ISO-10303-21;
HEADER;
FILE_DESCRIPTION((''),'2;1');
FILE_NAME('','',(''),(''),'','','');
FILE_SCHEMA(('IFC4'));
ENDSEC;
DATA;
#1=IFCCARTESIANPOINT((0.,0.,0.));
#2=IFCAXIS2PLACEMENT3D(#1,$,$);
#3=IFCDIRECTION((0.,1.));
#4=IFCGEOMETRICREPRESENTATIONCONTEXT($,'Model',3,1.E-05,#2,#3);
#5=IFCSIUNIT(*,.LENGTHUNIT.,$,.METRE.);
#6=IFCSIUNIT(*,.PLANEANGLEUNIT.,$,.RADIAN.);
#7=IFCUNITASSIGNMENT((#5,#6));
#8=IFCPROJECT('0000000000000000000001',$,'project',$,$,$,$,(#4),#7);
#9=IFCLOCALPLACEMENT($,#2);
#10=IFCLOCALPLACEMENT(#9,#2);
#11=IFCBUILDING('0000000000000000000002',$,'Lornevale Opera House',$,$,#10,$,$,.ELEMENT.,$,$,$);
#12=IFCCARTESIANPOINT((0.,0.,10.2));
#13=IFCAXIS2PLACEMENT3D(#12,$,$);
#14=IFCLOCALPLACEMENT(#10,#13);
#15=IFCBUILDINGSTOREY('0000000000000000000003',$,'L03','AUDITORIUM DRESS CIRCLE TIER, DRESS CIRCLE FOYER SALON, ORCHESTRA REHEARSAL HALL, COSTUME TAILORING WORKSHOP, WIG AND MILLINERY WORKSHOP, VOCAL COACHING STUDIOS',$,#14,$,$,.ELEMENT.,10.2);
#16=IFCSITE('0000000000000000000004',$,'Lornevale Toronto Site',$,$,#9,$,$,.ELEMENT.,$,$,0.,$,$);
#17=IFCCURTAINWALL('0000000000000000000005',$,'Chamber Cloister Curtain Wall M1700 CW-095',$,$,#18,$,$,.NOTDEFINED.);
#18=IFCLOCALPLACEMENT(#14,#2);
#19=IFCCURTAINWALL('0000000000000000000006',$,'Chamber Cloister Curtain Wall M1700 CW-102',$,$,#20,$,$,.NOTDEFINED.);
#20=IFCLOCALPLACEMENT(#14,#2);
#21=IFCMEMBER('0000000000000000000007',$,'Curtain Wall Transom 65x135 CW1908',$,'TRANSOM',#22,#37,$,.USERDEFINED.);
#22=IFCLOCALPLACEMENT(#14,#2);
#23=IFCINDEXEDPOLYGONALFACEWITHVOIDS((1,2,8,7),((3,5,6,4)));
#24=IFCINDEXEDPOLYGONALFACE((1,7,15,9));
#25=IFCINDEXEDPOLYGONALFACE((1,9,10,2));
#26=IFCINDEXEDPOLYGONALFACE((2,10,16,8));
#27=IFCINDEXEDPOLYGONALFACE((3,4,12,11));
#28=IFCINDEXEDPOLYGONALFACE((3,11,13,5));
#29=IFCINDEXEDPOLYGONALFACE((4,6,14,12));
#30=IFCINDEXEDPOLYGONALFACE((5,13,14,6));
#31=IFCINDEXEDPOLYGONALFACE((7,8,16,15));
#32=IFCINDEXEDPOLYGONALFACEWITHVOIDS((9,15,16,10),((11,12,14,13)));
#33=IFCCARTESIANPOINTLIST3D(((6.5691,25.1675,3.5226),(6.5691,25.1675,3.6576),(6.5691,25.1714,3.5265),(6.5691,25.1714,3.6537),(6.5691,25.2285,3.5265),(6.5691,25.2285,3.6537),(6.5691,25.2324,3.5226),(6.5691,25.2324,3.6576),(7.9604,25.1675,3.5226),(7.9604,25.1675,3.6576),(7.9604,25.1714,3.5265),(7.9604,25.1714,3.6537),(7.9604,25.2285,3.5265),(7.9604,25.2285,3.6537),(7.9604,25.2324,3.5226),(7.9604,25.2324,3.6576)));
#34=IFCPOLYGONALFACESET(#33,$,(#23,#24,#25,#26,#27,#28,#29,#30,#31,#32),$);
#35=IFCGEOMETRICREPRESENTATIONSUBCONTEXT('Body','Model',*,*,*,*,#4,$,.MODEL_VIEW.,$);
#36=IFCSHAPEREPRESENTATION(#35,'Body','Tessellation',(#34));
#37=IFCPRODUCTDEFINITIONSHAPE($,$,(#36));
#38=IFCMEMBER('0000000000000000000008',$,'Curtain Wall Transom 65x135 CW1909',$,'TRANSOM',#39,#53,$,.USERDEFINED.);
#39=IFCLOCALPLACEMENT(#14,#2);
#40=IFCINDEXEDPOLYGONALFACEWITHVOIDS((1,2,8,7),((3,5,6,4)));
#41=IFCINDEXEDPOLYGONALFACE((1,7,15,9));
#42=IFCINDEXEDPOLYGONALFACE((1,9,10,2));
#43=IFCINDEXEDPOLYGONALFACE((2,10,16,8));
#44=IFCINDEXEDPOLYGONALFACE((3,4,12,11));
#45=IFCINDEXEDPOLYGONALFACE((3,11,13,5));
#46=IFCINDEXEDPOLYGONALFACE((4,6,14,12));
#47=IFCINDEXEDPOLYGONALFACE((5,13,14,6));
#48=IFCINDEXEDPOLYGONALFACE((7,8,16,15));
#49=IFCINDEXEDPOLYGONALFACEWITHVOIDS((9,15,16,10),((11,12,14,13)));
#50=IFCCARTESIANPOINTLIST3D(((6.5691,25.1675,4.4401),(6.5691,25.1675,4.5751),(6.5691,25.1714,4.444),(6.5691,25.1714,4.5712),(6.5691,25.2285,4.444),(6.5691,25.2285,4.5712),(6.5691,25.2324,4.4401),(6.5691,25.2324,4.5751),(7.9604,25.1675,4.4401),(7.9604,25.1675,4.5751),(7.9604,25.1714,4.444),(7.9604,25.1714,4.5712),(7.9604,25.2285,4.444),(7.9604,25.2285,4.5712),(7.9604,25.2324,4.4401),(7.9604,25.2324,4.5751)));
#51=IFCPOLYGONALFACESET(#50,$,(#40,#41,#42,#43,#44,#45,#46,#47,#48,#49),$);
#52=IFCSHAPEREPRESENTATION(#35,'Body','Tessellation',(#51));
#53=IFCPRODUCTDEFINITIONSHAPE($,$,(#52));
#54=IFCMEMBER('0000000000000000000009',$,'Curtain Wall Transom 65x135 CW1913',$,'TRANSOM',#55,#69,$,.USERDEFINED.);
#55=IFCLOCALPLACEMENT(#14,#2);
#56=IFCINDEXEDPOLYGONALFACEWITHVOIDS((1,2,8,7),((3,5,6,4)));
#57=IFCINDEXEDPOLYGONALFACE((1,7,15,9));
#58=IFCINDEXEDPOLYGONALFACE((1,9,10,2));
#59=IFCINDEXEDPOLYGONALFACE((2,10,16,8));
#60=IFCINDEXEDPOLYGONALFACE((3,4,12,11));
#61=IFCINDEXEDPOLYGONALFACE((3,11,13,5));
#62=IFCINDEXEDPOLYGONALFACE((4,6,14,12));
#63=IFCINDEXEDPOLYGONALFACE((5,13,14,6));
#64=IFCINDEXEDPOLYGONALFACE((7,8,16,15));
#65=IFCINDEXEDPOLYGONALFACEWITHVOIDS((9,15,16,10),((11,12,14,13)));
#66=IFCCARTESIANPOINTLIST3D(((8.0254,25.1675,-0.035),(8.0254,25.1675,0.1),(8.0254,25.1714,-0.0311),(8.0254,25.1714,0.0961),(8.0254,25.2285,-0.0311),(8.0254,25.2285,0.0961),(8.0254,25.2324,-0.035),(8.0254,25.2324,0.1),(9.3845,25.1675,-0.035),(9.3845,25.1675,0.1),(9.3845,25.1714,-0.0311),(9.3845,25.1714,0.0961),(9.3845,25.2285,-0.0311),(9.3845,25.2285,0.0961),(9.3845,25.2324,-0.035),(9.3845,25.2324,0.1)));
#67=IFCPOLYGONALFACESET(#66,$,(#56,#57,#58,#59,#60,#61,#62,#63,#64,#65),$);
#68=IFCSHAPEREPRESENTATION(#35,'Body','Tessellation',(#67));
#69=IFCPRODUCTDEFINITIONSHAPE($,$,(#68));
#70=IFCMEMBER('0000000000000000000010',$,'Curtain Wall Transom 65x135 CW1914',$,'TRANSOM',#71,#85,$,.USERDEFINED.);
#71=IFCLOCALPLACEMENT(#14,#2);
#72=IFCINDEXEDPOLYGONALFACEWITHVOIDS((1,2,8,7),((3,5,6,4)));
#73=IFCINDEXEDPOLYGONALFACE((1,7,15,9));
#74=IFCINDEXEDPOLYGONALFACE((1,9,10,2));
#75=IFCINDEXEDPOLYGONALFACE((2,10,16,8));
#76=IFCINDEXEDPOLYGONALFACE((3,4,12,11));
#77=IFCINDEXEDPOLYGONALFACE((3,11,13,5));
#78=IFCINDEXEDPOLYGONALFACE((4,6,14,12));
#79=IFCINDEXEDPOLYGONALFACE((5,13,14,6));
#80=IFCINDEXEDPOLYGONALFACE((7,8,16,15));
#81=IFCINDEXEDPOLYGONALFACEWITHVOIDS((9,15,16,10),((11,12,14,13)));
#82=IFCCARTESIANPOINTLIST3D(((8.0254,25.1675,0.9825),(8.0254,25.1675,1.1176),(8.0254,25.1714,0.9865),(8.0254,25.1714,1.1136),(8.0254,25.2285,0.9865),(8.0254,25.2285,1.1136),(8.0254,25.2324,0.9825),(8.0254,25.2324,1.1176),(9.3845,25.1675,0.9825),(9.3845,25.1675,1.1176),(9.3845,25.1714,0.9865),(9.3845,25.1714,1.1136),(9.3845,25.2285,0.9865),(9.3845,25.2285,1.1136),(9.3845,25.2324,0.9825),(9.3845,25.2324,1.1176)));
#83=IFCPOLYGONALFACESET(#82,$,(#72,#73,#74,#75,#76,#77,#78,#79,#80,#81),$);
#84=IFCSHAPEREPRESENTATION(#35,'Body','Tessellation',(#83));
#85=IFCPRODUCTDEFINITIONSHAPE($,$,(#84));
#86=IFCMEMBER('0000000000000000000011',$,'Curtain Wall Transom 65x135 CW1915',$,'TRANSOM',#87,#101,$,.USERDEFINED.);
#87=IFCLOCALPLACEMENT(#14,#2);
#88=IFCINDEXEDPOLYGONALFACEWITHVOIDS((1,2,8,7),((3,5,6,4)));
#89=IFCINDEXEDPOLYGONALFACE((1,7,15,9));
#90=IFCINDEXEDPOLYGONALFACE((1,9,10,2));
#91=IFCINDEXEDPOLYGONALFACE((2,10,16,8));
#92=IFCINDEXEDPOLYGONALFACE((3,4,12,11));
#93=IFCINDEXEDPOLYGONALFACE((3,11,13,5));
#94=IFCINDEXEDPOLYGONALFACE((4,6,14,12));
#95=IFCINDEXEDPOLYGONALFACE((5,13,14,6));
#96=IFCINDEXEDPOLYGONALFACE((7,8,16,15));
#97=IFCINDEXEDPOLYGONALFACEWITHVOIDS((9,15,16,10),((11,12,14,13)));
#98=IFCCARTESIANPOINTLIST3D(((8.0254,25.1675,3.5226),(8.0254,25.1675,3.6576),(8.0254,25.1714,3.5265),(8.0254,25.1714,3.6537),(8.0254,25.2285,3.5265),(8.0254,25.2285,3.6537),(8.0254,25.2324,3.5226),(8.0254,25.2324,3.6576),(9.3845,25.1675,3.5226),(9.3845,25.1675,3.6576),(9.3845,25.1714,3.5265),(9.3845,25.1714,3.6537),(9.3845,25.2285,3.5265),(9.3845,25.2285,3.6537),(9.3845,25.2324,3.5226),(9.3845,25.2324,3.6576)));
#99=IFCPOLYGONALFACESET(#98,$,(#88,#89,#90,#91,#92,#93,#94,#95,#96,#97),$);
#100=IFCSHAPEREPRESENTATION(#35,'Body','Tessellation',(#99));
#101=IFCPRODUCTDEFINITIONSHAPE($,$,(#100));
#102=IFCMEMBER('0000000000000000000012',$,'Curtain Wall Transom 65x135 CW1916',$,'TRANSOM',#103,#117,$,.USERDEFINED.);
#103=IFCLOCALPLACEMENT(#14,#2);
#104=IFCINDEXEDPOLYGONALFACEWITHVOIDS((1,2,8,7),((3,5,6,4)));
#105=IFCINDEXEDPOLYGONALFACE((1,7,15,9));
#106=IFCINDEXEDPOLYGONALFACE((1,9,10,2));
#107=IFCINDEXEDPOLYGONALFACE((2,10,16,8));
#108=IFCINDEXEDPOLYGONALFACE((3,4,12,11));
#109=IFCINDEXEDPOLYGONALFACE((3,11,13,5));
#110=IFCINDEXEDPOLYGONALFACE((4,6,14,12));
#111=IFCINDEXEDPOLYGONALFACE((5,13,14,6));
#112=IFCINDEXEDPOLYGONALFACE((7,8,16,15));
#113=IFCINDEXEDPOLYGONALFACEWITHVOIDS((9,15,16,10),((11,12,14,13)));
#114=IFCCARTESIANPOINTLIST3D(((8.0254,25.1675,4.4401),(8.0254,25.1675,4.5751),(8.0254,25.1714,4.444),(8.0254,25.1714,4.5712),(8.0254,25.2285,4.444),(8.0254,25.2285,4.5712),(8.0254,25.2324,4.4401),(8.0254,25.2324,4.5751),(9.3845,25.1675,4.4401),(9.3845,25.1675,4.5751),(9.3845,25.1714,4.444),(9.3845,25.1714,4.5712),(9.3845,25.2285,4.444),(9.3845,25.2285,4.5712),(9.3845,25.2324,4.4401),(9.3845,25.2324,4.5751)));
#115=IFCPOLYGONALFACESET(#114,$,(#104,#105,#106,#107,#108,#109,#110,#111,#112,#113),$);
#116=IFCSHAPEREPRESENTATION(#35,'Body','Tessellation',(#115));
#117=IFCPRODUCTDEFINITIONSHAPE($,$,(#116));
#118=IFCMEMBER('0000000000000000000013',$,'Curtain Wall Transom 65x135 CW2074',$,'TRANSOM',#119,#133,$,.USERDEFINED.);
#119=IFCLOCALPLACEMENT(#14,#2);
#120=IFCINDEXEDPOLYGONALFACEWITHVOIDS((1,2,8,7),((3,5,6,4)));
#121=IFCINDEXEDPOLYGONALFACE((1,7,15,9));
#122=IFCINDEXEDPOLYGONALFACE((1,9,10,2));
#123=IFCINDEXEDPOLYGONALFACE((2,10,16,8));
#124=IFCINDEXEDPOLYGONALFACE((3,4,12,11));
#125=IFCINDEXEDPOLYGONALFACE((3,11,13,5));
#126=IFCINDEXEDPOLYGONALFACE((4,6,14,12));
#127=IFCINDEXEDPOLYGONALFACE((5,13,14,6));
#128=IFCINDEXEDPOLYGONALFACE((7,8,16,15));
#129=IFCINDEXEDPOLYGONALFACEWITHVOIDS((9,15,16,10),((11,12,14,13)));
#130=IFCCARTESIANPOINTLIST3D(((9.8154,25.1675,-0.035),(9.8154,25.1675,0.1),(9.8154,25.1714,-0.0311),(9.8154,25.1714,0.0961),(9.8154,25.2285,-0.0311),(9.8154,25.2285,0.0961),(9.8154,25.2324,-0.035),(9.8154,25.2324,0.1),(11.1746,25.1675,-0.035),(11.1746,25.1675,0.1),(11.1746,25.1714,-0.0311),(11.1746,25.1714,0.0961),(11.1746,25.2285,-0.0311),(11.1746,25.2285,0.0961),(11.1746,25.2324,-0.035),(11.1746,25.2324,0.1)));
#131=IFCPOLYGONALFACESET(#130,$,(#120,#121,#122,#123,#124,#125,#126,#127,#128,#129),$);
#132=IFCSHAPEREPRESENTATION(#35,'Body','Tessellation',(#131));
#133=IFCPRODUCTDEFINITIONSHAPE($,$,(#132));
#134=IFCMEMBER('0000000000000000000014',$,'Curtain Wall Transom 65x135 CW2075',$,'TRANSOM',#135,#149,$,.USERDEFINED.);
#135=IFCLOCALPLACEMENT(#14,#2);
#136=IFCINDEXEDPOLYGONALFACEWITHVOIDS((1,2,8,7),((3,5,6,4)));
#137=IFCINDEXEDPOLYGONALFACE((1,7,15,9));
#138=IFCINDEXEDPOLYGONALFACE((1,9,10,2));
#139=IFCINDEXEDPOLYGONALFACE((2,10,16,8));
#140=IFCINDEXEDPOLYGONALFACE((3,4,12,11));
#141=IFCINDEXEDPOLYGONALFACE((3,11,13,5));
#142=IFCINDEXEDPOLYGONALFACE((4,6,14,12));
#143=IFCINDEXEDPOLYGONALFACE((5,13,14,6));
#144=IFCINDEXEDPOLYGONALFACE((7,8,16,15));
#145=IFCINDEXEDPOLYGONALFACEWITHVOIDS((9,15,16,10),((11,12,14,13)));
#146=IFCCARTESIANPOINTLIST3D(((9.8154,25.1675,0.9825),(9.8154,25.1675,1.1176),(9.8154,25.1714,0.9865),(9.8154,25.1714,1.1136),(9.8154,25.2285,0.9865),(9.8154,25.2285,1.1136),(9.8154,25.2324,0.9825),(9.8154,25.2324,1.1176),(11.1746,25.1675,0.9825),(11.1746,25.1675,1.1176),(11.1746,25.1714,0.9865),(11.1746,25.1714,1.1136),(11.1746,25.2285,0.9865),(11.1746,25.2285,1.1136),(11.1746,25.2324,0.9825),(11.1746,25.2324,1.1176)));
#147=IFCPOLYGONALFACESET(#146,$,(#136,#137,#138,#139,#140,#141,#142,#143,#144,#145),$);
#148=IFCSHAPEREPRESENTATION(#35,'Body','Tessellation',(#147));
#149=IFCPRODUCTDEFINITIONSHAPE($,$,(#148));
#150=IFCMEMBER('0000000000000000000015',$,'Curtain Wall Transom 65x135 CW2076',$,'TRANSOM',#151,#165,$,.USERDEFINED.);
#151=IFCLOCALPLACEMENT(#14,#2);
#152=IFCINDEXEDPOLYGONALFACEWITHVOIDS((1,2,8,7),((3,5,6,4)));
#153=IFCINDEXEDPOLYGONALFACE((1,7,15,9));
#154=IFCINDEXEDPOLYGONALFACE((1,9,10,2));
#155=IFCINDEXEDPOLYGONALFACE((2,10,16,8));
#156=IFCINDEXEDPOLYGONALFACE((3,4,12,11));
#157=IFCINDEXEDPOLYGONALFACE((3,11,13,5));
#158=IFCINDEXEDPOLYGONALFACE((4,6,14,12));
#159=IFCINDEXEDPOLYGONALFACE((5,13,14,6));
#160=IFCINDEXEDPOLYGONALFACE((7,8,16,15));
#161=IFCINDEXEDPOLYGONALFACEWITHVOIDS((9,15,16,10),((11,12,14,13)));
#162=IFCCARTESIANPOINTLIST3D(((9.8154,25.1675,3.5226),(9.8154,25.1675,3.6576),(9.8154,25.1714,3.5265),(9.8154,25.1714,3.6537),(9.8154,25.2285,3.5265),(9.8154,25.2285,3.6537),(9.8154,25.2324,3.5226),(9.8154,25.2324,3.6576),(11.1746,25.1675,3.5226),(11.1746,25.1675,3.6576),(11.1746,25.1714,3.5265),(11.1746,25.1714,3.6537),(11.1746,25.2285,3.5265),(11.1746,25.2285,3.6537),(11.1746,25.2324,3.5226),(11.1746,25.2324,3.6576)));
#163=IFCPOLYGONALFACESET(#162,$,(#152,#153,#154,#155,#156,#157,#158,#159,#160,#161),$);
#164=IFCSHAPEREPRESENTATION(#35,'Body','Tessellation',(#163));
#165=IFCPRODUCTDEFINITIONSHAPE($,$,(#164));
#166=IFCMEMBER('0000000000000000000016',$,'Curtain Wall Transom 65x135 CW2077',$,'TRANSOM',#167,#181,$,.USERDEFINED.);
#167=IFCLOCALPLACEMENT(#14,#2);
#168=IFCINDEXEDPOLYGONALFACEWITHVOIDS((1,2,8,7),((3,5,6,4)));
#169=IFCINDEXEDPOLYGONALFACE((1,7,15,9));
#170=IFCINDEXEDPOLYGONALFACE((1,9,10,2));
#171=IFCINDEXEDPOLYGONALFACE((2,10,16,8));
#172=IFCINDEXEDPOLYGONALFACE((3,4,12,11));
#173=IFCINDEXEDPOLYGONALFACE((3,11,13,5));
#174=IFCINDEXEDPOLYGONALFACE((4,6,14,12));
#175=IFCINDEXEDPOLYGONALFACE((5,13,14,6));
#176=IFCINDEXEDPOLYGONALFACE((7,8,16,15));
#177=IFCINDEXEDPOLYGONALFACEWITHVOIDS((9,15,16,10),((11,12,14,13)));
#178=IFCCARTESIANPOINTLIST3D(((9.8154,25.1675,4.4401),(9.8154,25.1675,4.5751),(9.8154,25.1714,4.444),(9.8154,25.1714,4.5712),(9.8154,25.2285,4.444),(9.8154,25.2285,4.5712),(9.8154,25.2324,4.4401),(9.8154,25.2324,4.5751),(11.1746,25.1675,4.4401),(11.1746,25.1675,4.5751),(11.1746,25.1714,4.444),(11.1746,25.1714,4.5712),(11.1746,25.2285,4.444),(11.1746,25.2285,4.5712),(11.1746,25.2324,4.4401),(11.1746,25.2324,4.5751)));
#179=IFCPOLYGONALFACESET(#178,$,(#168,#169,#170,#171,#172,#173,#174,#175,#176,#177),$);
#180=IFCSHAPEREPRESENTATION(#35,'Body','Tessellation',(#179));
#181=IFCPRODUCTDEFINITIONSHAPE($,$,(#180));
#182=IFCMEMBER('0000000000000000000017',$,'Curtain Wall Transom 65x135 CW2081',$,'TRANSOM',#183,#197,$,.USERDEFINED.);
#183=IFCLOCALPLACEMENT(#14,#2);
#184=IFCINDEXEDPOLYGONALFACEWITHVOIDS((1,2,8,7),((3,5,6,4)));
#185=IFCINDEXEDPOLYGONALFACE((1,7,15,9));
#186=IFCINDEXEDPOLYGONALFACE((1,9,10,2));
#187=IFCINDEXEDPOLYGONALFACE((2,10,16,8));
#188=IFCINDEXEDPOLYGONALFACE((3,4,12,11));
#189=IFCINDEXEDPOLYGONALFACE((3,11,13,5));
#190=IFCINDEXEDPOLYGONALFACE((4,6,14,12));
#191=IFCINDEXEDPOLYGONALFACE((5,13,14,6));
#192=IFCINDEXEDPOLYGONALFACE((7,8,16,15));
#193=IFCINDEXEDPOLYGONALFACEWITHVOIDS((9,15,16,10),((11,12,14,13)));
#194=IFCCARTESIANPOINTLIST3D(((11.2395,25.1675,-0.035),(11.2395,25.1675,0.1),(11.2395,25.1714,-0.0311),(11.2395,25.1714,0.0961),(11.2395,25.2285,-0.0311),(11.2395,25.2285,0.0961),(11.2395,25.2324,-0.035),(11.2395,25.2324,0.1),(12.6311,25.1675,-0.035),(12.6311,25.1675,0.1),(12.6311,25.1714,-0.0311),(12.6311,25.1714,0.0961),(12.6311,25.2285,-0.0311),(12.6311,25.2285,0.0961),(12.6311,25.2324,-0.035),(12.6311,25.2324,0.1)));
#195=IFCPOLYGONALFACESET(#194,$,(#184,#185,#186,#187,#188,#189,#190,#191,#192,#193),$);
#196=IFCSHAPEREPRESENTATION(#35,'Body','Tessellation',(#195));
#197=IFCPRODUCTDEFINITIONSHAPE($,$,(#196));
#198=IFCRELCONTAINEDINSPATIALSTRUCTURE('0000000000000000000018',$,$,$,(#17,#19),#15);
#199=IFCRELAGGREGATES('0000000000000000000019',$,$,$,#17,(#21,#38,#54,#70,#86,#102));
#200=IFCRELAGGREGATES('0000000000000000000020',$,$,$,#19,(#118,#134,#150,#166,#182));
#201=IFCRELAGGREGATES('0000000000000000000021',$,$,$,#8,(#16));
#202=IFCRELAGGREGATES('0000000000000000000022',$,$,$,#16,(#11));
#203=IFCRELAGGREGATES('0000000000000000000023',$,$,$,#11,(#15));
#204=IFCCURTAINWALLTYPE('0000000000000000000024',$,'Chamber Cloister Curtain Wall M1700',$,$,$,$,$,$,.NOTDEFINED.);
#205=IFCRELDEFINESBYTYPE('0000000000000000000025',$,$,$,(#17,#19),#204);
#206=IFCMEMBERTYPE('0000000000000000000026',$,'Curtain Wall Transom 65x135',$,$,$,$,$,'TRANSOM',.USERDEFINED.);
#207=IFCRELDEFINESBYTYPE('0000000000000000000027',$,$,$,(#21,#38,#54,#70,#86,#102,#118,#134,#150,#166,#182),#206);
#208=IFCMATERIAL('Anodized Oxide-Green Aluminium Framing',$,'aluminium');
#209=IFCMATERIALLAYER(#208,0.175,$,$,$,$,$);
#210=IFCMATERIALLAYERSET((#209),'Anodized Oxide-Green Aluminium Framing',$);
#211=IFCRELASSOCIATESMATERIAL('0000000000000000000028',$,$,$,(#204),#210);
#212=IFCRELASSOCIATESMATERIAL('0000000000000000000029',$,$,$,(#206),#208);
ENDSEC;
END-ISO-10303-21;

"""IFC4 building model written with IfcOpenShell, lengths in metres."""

from ifc_helpers import new_model, si_unit, direction, frame, origin, origin_2d, place, context, subcontext, project, spatial, hollow_rectangle, extrude, material, layer, layer_set, material_profile, profile_set, type_object, element, aggregate, save


model = new_model("IFC4")

# Units and contexts
model_context = context("Model", 3, precision=1e-05, world=origin(), true_north=direction((0.0, 1.0)))
body_context = subcontext(model_context, "Body", "Model", "MODEL_VIEW")
ifc_project = project(units=[si_unit("LENGTHUNIT", "METRE"), si_unit("PLANEANGLEUNIT", "RADIAN")], contexts=[model_context])

# Site, building, storey
site_placement = place(None, origin())
site = spatial("IfcSite", under=ifc_project, at=site_placement, Name="Lornevale Toronto Site", CompositionType="ELEMENT", RefElevation=0.0)
building_placement = place(site_placement, origin())
building = spatial("IfcBuilding", under=site, at=building_placement, Name="Lornevale Opera House", CompositionType="ELEMENT")
storey_placement = place(building_placement, frame((0.0, 0.0, 10.2)))
storey = spatial("IfcBuildingStorey", under=building, at=storey_placement, Name="L03", Description="AUDITORIUM DRESS CIRCLE TIER, DRESS CIRCLE FOYER SALON, ORCHESTRA REHEARSAL HALL, COSTUME TAILORING WORKSHOP, WIG AND MILLINERY WORKSHOP, VOCAL COACHING STUDIOS", CompositionType="ELEMENT", Elevation=10.2)

# Curtain walls
ifc_material_1 = material(Name="Anodized Oxide-Green Aluminium Framing", Category="aluminium")
ifc_layer_1 = layer(ifc_material_1, 0.175)
ifc_layer_set_1 = layer_set([ifc_layer_1], Name="Anodized Oxide-Green Aluminium Framing")
curtain_wall_type = type_object("IfcCurtainWallType", Name="Chamber Cloister Curtain Wall M1700", PredefinedType="NOTDEFINED", material=ifc_layer_set_1)
curtain_wall_1_placement = place(storey_placement, origin())
curtain_wall_1 = element("IfcCurtainWall", 1, at=curtain_wall_1_placement, inside=storey, type_object=curtain_wall_type, Name="Chamber Cloister Curtain Wall M1700 CW-095", PredefinedType="NOTDEFINED")
curtain_wall_2_placement = place(storey_placement, origin())
curtain_wall_2 = element("IfcCurtainWall", 2, at=curtain_wall_2_placement, inside=storey, type_object=curtain_wall_type, Name="Chamber Cloister Curtain Wall M1700 CW-102", PredefinedType="NOTDEFINED")

# Members
ifc_material_profile_1 = material_profile(ifc_material_1, hollow_rectangle(XDim=0.0649, YDim=0.135, WallThickness=0.0039, at=origin_2d()), Name="ALU65x135x4")
ifc_profile_set_1 = profile_set([ifc_material_profile_1], Name="Anodized Oxide-Green Aluminium Framing")
member_type_1 = type_object("IfcMemberType", Name="Curtain Wall Transom 65x135", ElementType="TRANSOM", PredefinedType="USERDEFINED", material=ifc_profile_set_1)
member_1_placement = place(storey_placement, frame((6.5691, 25.2, 3.5901), z_axis=(1.0, 0.0, 0.0), x_axis=(0.0, 1.0, 0.0)))
member_1 = element("IfcMember", 3, at=member_1_placement, type_object=member_type_1, Name="Curtain Wall Transom 65x135 CW1908", ObjectType="TRANSOM", PredefinedType="USERDEFINED", context=body_context, shape_type="SweptSolid", body=[
    extrude(hollow_rectangle(XDim=0.0649, YDim=0.135, WallThickness=0.0039, at=origin_2d()), origin(), (0.0, 0.0, 1.0), 1.3914),
])
member_2_placement = place(storey_placement, frame((6.5691, 25.2, 4.5076), z_axis=(1.0, 0.0, 0.0), x_axis=(0.0, 1.0, 0.0)))
member_2 = element("IfcMember", 4, at=member_2_placement, type_object=member_type_1, Name="Curtain Wall Transom 65x135 CW1909", ObjectType="TRANSOM", PredefinedType="USERDEFINED", context=body_context, shape_type="SweptSolid", body=[
    extrude(hollow_rectangle(XDim=0.0649, YDim=0.135, WallThickness=0.0039, at=origin_2d()), origin(), (0.0, 0.0, 1.0), 1.3914),
])
member_3_placement = place(storey_placement, frame((8.0254, 25.2, 0.0325), z_axis=(1.0, 0.0, 0.0), x_axis=(0.0, 1.0, 0.0)))
member_3 = element("IfcMember", 5, at=member_3_placement, type_object=member_type_1, Name="Curtain Wall Transom 65x135 CW1913", ObjectType="TRANSOM", PredefinedType="USERDEFINED", context=body_context, shape_type="SweptSolid", body=[
    extrude(hollow_rectangle(XDim=0.0649, YDim=0.135, WallThickness=0.0039, at=origin_2d()), origin(), (0.0, 0.0, 1.0), 1.3591),
])
member_4_placement = place(storey_placement, frame((8.0254, 25.2, 1.05), z_axis=(1.0, 0.0, 0.0), x_axis=(0.0, 1.0, 0.0)))
member_4 = element("IfcMember", 6, at=member_4_placement, type_object=member_type_1, Name="Curtain Wall Transom 65x135 CW1914", ObjectType="TRANSOM", PredefinedType="USERDEFINED", context=body_context, shape_type="SweptSolid", body=[
    extrude(hollow_rectangle(XDim=0.0649, YDim=0.135, WallThickness=0.0039, at=origin_2d()), origin(), (0.0, 0.0, 1.0), 1.3591),
])
member_5_placement = place(storey_placement, frame((8.0254, 25.2, 3.5901), z_axis=(1.0, 0.0, 0.0), x_axis=(0.0, 1.0, 0.0)))
member_5 = element("IfcMember", 7, at=member_5_placement, type_object=member_type_1, Name="Curtain Wall Transom 65x135 CW1915", ObjectType="TRANSOM", PredefinedType="USERDEFINED", context=body_context, shape_type="SweptSolid", body=[
    extrude(hollow_rectangle(XDim=0.0649, YDim=0.135, WallThickness=0.0039, at=origin_2d()), origin(), (0.0, 0.0, 1.0), 1.3591),
])
member_6_placement = place(storey_placement, frame((8.0254, 25.2, 4.5076), z_axis=(1.0, 0.0, 0.0), x_axis=(0.0, 1.0, 0.0)))
member_6 = element("IfcMember", 8, at=member_6_placement, type_object=member_type_1, Name="Curtain Wall Transom 65x135 CW1916", ObjectType="TRANSOM", PredefinedType="USERDEFINED", context=body_context, shape_type="SweptSolid", body=[
    extrude(hollow_rectangle(XDim=0.0649, YDim=0.135, WallThickness=0.0039, at=origin_2d()), origin(), (0.0, 0.0, 1.0), 1.3591),
])
member_7_placement = place(storey_placement, frame((9.8154, 25.2, 0.0325), z_axis=(1.0, 0.0, 0.0), x_axis=(0.0, 1.0, 0.0)))
member_7 = element("IfcMember", 9, at=member_7_placement, type_object=member_type_1, Name="Curtain Wall Transom 65x135 CW2074", ObjectType="TRANSOM", PredefinedType="USERDEFINED", context=body_context, shape_type="SweptSolid", body=[
    extrude(hollow_rectangle(XDim=0.0649, YDim=0.135, WallThickness=0.0039, at=origin_2d()), origin(), (0.0, 0.0, 1.0), 1.3591),
])
member_8_placement = place(storey_placement, frame((9.8154, 25.2, 1.05), z_axis=(1.0, 0.0, 0.0), x_axis=(0.0, 1.0, 0.0)))
member_8 = element("IfcMember", 10, at=member_8_placement, type_object=member_type_1, Name="Curtain Wall Transom 65x135 CW2075", ObjectType="TRANSOM", PredefinedType="USERDEFINED", context=body_context, shape_type="SweptSolid", body=[
    extrude(hollow_rectangle(XDim=0.0649, YDim=0.135, WallThickness=0.0039, at=origin_2d()), origin(), (0.0, 0.0, 1.0), 1.3591),
])
member_9_placement = place(storey_placement, frame((9.8154, 25.2, 3.5901), z_axis=(1.0, 0.0, 0.0), x_axis=(0.0, 1.0, 0.0)))
member_9 = element("IfcMember", 11, at=member_9_placement, type_object=member_type_1, Name="Curtain Wall Transom 65x135 CW2076", ObjectType="TRANSOM", PredefinedType="USERDEFINED", context=body_context, shape_type="SweptSolid", body=[
    extrude(hollow_rectangle(XDim=0.0649, YDim=0.135, WallThickness=0.0039, at=origin_2d()), origin(), (0.0, 0.0, 1.0), 1.3591),
])
member_10_placement = place(storey_placement, frame((9.8154, 25.2, 4.5076), z_axis=(1.0, 0.0, 0.0), x_axis=(0.0, 1.0, 0.0)))
member_10 = element("IfcMember", 12, at=member_10_placement, type_object=member_type_1, Name="Curtain Wall Transom 65x135 CW2077", ObjectType="TRANSOM", PredefinedType="USERDEFINED", context=body_context, shape_type="SweptSolid", body=[
    extrude(hollow_rectangle(XDim=0.0649, YDim=0.135, WallThickness=0.0039, at=origin_2d()), origin(), (0.0, 0.0, 1.0), 1.3591),
])
member_11_placement = place(storey_placement, frame((11.2395, 25.2, 0.0325), z_axis=(1.0, 0.0, 0.0), x_axis=(0.0, 1.0, 0.0)))
member_11 = element("IfcMember", 13, at=member_11_placement, type_object=member_type_1, Name="Curtain Wall Transom 65x135 CW2081", ObjectType="TRANSOM", PredefinedType="USERDEFINED", context=body_context, shape_type="SweptSolid", body=[
    extrude(hollow_rectangle(XDim=0.0649, YDim=0.135, WallThickness=0.0039, at=origin_2d()), origin(), (0.0, 0.0, 1.0), 1.3916),
])

aggregate(curtain_wall_1, [member_1, member_2, member_3, member_4, member_5, member_6])
aggregate(curtain_wall_2, [member_7, member_8, member_9, member_10, member_11])

save(model, "model.ifc")
